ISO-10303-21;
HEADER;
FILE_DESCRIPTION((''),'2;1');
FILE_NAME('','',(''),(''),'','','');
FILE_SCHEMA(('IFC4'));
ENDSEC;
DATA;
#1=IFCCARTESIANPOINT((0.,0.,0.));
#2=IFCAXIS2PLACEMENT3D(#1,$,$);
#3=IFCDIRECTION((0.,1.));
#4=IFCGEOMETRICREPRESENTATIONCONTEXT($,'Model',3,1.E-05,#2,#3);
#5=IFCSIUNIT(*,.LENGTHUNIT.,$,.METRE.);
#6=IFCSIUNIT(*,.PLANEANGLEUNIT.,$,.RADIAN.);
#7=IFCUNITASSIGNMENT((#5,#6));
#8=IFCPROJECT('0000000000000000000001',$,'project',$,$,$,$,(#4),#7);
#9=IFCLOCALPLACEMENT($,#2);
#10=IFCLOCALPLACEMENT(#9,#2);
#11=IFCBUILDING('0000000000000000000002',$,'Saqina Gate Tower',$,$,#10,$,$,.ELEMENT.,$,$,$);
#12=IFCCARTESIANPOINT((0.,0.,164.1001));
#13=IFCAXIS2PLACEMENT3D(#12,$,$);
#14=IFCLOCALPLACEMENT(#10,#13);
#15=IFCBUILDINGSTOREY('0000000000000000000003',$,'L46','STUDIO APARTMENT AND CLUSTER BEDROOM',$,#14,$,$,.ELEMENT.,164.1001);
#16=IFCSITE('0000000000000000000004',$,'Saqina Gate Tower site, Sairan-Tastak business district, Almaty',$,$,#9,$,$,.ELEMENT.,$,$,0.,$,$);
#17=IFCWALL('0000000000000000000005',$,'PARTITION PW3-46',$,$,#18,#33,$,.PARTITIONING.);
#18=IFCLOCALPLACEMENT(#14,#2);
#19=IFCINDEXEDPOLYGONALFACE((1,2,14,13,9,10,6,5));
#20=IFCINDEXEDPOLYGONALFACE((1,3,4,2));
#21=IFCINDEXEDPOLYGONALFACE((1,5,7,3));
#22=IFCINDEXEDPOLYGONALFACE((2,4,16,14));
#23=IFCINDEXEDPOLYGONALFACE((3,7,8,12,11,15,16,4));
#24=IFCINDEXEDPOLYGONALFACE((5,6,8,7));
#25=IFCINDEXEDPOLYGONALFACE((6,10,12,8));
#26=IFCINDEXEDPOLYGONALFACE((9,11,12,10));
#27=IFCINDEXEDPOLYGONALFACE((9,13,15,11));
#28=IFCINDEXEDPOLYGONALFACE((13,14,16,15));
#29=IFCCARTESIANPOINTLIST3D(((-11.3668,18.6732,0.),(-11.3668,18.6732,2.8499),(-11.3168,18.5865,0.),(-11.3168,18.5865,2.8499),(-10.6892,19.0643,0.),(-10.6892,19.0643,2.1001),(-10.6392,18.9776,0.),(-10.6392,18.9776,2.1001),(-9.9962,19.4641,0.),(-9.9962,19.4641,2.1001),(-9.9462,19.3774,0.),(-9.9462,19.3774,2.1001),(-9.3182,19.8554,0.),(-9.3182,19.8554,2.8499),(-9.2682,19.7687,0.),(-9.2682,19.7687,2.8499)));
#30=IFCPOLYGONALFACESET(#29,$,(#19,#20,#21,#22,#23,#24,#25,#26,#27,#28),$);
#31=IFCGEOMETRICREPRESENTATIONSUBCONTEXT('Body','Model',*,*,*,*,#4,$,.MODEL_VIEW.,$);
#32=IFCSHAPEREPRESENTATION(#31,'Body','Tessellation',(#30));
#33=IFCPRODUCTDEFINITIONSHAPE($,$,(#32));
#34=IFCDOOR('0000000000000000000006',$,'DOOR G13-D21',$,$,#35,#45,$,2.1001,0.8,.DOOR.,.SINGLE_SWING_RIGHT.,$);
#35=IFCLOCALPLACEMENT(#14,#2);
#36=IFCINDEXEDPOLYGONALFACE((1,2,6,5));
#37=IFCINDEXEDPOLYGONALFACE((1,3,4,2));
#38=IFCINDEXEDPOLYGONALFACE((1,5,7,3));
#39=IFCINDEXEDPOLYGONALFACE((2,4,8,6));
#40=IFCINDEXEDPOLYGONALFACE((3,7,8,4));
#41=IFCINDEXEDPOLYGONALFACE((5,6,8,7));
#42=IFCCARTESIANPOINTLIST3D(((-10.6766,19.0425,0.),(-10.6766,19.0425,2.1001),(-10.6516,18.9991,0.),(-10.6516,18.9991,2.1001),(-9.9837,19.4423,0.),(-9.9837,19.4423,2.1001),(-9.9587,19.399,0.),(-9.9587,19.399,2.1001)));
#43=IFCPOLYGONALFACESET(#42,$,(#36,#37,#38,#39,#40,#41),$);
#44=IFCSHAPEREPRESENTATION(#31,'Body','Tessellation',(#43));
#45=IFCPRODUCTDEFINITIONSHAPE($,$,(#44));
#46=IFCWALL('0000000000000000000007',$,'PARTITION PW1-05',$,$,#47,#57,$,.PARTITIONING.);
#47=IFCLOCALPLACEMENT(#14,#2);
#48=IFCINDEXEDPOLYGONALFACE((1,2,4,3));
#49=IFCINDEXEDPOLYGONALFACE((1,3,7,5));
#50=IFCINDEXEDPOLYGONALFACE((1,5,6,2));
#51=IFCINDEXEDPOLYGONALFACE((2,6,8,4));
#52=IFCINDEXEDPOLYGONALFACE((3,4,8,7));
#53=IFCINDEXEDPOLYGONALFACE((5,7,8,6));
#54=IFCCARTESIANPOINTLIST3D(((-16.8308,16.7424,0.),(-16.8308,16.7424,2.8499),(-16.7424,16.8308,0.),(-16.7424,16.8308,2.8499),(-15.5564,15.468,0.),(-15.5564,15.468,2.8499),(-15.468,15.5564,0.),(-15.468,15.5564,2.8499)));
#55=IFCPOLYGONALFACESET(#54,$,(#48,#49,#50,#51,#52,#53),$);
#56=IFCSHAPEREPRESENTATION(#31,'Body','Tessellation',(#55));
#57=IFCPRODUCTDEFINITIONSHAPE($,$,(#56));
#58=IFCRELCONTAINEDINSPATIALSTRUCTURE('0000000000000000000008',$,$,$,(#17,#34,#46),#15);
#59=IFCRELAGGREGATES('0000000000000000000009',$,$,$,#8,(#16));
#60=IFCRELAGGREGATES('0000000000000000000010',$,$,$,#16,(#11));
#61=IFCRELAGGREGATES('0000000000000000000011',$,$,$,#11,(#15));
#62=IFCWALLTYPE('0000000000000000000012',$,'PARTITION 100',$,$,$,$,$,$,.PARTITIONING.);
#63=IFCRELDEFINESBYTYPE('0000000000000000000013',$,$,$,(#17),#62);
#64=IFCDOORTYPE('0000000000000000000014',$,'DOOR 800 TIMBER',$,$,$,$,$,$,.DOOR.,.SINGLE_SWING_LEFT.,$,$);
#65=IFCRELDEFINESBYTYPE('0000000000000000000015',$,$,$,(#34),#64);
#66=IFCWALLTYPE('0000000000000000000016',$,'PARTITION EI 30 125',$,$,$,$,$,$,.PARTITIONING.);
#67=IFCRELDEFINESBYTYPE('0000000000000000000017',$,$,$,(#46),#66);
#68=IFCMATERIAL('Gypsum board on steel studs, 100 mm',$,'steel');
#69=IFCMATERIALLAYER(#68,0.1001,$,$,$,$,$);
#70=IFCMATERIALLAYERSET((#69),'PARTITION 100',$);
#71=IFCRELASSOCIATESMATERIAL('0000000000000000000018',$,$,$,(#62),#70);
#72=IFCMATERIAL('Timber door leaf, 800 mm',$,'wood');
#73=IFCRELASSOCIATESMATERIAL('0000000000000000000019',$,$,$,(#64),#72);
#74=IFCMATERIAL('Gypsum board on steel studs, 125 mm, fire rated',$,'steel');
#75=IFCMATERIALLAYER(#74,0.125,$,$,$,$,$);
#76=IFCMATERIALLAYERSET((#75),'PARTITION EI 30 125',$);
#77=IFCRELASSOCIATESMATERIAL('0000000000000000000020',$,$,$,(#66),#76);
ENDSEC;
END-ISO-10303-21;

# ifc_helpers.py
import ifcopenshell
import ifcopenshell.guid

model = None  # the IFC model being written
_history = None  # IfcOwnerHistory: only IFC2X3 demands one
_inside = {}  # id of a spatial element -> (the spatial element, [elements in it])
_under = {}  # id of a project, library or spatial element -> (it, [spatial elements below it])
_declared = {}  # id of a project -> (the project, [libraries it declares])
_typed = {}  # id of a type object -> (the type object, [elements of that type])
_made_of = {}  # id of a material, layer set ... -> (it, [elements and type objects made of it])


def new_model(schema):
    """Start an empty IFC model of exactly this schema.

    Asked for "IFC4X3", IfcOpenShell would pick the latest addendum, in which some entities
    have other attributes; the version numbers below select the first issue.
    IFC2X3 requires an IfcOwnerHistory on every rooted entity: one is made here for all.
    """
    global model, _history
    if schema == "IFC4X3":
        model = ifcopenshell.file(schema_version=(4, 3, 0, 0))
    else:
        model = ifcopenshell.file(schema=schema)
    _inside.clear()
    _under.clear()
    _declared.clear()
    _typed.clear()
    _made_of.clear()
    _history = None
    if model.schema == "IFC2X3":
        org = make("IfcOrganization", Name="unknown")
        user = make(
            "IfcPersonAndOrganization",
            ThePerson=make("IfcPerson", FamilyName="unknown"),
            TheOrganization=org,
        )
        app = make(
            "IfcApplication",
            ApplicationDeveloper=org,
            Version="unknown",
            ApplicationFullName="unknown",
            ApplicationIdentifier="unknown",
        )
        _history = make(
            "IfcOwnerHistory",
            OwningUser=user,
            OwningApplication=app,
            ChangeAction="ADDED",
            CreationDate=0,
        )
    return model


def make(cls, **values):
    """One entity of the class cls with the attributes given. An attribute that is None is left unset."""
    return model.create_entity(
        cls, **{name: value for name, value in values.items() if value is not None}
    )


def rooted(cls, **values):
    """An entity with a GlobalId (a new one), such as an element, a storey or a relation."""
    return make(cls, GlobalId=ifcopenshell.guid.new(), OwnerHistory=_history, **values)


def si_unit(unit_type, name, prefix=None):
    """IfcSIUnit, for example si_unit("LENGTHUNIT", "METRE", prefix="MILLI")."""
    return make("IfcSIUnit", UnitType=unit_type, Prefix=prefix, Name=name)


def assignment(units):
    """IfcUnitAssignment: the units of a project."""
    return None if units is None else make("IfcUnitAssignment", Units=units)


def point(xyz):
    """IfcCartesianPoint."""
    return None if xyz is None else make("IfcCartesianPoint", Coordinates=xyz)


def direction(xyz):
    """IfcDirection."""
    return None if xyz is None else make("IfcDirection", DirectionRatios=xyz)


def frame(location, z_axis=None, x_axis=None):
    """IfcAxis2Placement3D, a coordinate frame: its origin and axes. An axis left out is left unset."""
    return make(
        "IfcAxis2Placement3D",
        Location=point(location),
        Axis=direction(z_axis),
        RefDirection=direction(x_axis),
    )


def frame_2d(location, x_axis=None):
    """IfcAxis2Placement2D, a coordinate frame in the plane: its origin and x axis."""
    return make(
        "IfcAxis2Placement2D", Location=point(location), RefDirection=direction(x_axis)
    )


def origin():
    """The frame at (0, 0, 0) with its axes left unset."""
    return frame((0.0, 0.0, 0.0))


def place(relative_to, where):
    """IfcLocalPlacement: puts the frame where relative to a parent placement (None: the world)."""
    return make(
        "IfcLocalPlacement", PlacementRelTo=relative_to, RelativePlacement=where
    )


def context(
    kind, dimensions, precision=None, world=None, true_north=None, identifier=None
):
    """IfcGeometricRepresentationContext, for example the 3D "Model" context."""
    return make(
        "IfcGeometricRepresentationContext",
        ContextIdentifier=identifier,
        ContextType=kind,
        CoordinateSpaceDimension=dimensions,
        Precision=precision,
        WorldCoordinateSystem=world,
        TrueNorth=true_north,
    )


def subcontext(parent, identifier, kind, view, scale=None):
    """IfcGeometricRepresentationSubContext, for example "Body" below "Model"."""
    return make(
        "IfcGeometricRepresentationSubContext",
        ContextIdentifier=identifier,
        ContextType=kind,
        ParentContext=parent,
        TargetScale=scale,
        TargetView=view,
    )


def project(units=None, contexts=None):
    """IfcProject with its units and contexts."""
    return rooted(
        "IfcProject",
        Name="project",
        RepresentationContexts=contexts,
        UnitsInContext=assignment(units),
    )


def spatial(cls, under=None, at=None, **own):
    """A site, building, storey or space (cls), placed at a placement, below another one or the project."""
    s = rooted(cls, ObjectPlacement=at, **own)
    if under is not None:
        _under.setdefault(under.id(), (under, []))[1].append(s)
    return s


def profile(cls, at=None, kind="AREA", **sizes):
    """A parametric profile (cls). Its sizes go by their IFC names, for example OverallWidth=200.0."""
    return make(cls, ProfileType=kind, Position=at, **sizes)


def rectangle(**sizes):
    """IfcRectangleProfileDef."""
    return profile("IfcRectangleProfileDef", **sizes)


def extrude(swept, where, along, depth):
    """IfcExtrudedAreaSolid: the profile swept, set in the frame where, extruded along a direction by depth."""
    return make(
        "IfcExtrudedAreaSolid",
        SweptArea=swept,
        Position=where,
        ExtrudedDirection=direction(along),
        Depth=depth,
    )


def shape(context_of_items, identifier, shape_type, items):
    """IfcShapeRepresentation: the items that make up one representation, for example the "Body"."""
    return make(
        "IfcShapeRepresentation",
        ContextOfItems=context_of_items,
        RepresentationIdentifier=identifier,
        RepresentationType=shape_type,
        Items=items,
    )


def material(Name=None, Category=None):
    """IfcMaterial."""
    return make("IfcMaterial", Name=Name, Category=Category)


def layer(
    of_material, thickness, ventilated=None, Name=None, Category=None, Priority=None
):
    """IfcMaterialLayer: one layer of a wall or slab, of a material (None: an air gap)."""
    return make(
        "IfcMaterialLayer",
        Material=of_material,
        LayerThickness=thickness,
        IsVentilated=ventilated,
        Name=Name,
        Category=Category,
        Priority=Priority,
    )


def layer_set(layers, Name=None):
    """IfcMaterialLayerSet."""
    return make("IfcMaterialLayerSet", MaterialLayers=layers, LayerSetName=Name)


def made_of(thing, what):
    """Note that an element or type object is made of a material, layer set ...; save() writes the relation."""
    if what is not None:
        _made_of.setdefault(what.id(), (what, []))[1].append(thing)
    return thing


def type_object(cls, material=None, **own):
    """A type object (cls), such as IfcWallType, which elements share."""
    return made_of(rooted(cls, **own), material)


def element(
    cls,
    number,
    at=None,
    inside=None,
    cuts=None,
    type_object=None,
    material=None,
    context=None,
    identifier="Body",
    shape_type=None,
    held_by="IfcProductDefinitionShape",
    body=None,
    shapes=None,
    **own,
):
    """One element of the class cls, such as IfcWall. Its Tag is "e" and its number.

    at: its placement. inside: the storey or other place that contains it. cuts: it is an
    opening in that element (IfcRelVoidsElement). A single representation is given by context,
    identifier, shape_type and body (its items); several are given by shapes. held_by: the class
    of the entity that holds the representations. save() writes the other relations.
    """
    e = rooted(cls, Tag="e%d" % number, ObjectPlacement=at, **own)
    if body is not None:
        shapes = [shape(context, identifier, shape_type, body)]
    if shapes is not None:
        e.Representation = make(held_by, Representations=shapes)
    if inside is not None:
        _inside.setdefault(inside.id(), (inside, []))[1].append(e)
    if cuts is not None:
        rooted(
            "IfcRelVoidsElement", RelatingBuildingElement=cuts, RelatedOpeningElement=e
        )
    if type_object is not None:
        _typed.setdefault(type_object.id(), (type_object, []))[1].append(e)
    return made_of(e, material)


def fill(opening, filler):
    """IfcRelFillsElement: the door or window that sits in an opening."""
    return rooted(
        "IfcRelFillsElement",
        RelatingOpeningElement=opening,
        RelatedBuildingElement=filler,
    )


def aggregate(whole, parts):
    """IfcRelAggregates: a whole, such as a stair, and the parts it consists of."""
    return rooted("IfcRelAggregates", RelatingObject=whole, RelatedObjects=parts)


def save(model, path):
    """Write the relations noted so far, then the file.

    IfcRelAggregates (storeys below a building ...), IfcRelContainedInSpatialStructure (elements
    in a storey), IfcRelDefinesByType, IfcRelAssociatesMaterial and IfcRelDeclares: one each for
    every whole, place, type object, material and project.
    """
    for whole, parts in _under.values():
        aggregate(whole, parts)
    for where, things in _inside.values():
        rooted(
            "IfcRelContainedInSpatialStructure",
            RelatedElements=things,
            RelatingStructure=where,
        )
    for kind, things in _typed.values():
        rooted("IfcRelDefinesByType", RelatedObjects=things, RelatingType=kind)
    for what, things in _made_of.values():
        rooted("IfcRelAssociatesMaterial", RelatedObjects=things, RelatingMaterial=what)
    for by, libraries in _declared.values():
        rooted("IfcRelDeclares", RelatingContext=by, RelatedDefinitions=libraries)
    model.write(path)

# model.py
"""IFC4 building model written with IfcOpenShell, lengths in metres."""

from ifc_helpers import new_model, si_unit, direction, frame, frame_2d, origin, place, context, subcontext, project, spatial, rectangle, extrude, material, layer, layer_set, type_object, element, fill, save


model = new_model("IFC4")

# Units and contexts
model_context = context("Model", 3, precision=1e-05, world=origin(), true_north=direction((0.0, 1.0)))
body_context = subcontext(model_context, "Body", "Model", "MODEL_VIEW")
ifc_project = project(units=[si_unit("LENGTHUNIT", "METRE"), si_unit("PLANEANGLEUNIT", "RADIAN")], contexts=[model_context])

# Site, building, storey
site_placement = place(None, origin())
site = spatial("IfcSite", under=ifc_project, at=site_placement, Name="Saqina Gate Tower site, Sairan-Tastak business district, Almaty", CompositionType="ELEMENT", RefElevation=0.0)
building_placement = place(site_placement, origin())
building = spatial("IfcBuilding", under=site, at=building_placement, Name="Saqina Gate Tower", CompositionType="ELEMENT")
storey_placement = place(building_placement, frame((0.0, 0.0, 164.1001)))
storey = spatial("IfcBuildingStorey", under=building, at=storey_placement, Name="L46", Description="STUDIO APARTMENT AND CLUSTER BEDROOM", CompositionType="ELEMENT", Elevation=164.1001)

# Shared definitions
ifc_material_1 = material(Name="Gypsum board on steel studs, 100 mm", Category="steel")
ifc_layer_1 = layer(ifc_material_1, 0.1001)
ifc_layer_set_1 = layer_set([ifc_layer_1], Name="PARTITION 100")
wall_type_1 = type_object("IfcWallType", Name="PARTITION 100", PredefinedType="PARTITIONING", material=ifc_layer_set_1)

# Wall, opening, door
wall_1_placement = place(storey_placement, frame((-11.3418, 18.6299, 0.0), z_axis=(0.0, 0.0, 1.0), x_axis=(0.866139, 0.499803, 0.0)))
wall_1 = element("IfcWall", 1, at=wall_1_placement, inside=storey, type_object=wall_type_1, Name="PARTITION PW3-46", PredefinedType="PARTITIONING", context=body_context, shape_type="SweptSolid", body=[
    extrude(rectangle(XDim=2.3652, YDim=0.1001, at=frame_2d((1.1826, 0.0))), origin(), (0.0, 0.0, 1.0), 2.8499),
])
opening_1_placement = place(wall_1_placement, frame((0.7825, 0.0, 0.0)))
opening_1 = element("IfcOpeningElement", 2, at=opening_1_placement, cuts=wall_1, PredefinedType="OPENING", context=body_context, shape_type="SweptSolid", body=[
    extrude(rectangle(XDim=0.8, YDim=2.1001, at=frame_2d((0.3999, 1.05))), frame((0.0, 0.062, 0.0), z_axis=(0.0, -1.0, 0.0), x_axis=(1.0, 0.0, 0.0)), (0.0, 0.0, 1.0), 0.124),
])
ifc_material_2 = material(Name="Timber door leaf, 800 mm", Category="wood")
door_type = type_object("IfcDoorType", Name="DOOR 800 TIMBER", OperationType="SINGLE_SWING_LEFT", PredefinedType="DOOR", material=ifc_material_2)
door_placement = place(opening_1_placement, origin())
door = element("IfcDoor", 3, at=door_placement, inside=storey, type_object=door_type, Name="DOOR G13-D21", OperationType="SINGLE_SWING_RIGHT", OverallHeight=2.1001, OverallWidth=0.8, PredefinedType="DOOR", context=body_context, shape_type="SweptSolid", body=[
    extrude(rectangle(XDim=0.8, YDim=2.1001, at=frame_2d((0.3999, 1.05))), frame((0.0, 0.0249, 0.0), z_axis=(0.0, -1.0, 0.0), x_axis=(1.0, 0.0, 0.0)), (0.0, 0.0, 1.0), 0.05),
])
fill(opening_1, door)

# Wall
ifc_material_3 = material(Name="Gypsum board on steel studs, 125 mm, fire rated", Category="steel")
ifc_layer_2 = layer(ifc_material_3, 0.125)
ifc_layer_set_2 = layer_set([ifc_layer_2], Name="PARTITION EI 30 125")
wall_type_2 = type_object("IfcWallType", Name="PARTITION EI 30 125", PredefinedType="PARTITIONING", material=ifc_layer_set_2)
wall_2_placement = place(storey_placement, frame((-16.7866, 16.7866, 0.0), z_axis=(0.0, 0.0, 1.0), x_axis=(0.707107, -0.707107, 0.0)))
element("IfcWall", 4, at=wall_2_placement, inside=storey, type_object=wall_type_2, Name="PARTITION PW1-05", PredefinedType="PARTITIONING", context=body_context, shape_type="SweptSolid", body=[
    extrude(rectangle(XDim=1.8022, YDim=0.125, at=frame_2d((0.9011, 0.0))), origin(), (0.0, 0.0, 1.0), 2.8499),
])

save(model, "model.ifc")
